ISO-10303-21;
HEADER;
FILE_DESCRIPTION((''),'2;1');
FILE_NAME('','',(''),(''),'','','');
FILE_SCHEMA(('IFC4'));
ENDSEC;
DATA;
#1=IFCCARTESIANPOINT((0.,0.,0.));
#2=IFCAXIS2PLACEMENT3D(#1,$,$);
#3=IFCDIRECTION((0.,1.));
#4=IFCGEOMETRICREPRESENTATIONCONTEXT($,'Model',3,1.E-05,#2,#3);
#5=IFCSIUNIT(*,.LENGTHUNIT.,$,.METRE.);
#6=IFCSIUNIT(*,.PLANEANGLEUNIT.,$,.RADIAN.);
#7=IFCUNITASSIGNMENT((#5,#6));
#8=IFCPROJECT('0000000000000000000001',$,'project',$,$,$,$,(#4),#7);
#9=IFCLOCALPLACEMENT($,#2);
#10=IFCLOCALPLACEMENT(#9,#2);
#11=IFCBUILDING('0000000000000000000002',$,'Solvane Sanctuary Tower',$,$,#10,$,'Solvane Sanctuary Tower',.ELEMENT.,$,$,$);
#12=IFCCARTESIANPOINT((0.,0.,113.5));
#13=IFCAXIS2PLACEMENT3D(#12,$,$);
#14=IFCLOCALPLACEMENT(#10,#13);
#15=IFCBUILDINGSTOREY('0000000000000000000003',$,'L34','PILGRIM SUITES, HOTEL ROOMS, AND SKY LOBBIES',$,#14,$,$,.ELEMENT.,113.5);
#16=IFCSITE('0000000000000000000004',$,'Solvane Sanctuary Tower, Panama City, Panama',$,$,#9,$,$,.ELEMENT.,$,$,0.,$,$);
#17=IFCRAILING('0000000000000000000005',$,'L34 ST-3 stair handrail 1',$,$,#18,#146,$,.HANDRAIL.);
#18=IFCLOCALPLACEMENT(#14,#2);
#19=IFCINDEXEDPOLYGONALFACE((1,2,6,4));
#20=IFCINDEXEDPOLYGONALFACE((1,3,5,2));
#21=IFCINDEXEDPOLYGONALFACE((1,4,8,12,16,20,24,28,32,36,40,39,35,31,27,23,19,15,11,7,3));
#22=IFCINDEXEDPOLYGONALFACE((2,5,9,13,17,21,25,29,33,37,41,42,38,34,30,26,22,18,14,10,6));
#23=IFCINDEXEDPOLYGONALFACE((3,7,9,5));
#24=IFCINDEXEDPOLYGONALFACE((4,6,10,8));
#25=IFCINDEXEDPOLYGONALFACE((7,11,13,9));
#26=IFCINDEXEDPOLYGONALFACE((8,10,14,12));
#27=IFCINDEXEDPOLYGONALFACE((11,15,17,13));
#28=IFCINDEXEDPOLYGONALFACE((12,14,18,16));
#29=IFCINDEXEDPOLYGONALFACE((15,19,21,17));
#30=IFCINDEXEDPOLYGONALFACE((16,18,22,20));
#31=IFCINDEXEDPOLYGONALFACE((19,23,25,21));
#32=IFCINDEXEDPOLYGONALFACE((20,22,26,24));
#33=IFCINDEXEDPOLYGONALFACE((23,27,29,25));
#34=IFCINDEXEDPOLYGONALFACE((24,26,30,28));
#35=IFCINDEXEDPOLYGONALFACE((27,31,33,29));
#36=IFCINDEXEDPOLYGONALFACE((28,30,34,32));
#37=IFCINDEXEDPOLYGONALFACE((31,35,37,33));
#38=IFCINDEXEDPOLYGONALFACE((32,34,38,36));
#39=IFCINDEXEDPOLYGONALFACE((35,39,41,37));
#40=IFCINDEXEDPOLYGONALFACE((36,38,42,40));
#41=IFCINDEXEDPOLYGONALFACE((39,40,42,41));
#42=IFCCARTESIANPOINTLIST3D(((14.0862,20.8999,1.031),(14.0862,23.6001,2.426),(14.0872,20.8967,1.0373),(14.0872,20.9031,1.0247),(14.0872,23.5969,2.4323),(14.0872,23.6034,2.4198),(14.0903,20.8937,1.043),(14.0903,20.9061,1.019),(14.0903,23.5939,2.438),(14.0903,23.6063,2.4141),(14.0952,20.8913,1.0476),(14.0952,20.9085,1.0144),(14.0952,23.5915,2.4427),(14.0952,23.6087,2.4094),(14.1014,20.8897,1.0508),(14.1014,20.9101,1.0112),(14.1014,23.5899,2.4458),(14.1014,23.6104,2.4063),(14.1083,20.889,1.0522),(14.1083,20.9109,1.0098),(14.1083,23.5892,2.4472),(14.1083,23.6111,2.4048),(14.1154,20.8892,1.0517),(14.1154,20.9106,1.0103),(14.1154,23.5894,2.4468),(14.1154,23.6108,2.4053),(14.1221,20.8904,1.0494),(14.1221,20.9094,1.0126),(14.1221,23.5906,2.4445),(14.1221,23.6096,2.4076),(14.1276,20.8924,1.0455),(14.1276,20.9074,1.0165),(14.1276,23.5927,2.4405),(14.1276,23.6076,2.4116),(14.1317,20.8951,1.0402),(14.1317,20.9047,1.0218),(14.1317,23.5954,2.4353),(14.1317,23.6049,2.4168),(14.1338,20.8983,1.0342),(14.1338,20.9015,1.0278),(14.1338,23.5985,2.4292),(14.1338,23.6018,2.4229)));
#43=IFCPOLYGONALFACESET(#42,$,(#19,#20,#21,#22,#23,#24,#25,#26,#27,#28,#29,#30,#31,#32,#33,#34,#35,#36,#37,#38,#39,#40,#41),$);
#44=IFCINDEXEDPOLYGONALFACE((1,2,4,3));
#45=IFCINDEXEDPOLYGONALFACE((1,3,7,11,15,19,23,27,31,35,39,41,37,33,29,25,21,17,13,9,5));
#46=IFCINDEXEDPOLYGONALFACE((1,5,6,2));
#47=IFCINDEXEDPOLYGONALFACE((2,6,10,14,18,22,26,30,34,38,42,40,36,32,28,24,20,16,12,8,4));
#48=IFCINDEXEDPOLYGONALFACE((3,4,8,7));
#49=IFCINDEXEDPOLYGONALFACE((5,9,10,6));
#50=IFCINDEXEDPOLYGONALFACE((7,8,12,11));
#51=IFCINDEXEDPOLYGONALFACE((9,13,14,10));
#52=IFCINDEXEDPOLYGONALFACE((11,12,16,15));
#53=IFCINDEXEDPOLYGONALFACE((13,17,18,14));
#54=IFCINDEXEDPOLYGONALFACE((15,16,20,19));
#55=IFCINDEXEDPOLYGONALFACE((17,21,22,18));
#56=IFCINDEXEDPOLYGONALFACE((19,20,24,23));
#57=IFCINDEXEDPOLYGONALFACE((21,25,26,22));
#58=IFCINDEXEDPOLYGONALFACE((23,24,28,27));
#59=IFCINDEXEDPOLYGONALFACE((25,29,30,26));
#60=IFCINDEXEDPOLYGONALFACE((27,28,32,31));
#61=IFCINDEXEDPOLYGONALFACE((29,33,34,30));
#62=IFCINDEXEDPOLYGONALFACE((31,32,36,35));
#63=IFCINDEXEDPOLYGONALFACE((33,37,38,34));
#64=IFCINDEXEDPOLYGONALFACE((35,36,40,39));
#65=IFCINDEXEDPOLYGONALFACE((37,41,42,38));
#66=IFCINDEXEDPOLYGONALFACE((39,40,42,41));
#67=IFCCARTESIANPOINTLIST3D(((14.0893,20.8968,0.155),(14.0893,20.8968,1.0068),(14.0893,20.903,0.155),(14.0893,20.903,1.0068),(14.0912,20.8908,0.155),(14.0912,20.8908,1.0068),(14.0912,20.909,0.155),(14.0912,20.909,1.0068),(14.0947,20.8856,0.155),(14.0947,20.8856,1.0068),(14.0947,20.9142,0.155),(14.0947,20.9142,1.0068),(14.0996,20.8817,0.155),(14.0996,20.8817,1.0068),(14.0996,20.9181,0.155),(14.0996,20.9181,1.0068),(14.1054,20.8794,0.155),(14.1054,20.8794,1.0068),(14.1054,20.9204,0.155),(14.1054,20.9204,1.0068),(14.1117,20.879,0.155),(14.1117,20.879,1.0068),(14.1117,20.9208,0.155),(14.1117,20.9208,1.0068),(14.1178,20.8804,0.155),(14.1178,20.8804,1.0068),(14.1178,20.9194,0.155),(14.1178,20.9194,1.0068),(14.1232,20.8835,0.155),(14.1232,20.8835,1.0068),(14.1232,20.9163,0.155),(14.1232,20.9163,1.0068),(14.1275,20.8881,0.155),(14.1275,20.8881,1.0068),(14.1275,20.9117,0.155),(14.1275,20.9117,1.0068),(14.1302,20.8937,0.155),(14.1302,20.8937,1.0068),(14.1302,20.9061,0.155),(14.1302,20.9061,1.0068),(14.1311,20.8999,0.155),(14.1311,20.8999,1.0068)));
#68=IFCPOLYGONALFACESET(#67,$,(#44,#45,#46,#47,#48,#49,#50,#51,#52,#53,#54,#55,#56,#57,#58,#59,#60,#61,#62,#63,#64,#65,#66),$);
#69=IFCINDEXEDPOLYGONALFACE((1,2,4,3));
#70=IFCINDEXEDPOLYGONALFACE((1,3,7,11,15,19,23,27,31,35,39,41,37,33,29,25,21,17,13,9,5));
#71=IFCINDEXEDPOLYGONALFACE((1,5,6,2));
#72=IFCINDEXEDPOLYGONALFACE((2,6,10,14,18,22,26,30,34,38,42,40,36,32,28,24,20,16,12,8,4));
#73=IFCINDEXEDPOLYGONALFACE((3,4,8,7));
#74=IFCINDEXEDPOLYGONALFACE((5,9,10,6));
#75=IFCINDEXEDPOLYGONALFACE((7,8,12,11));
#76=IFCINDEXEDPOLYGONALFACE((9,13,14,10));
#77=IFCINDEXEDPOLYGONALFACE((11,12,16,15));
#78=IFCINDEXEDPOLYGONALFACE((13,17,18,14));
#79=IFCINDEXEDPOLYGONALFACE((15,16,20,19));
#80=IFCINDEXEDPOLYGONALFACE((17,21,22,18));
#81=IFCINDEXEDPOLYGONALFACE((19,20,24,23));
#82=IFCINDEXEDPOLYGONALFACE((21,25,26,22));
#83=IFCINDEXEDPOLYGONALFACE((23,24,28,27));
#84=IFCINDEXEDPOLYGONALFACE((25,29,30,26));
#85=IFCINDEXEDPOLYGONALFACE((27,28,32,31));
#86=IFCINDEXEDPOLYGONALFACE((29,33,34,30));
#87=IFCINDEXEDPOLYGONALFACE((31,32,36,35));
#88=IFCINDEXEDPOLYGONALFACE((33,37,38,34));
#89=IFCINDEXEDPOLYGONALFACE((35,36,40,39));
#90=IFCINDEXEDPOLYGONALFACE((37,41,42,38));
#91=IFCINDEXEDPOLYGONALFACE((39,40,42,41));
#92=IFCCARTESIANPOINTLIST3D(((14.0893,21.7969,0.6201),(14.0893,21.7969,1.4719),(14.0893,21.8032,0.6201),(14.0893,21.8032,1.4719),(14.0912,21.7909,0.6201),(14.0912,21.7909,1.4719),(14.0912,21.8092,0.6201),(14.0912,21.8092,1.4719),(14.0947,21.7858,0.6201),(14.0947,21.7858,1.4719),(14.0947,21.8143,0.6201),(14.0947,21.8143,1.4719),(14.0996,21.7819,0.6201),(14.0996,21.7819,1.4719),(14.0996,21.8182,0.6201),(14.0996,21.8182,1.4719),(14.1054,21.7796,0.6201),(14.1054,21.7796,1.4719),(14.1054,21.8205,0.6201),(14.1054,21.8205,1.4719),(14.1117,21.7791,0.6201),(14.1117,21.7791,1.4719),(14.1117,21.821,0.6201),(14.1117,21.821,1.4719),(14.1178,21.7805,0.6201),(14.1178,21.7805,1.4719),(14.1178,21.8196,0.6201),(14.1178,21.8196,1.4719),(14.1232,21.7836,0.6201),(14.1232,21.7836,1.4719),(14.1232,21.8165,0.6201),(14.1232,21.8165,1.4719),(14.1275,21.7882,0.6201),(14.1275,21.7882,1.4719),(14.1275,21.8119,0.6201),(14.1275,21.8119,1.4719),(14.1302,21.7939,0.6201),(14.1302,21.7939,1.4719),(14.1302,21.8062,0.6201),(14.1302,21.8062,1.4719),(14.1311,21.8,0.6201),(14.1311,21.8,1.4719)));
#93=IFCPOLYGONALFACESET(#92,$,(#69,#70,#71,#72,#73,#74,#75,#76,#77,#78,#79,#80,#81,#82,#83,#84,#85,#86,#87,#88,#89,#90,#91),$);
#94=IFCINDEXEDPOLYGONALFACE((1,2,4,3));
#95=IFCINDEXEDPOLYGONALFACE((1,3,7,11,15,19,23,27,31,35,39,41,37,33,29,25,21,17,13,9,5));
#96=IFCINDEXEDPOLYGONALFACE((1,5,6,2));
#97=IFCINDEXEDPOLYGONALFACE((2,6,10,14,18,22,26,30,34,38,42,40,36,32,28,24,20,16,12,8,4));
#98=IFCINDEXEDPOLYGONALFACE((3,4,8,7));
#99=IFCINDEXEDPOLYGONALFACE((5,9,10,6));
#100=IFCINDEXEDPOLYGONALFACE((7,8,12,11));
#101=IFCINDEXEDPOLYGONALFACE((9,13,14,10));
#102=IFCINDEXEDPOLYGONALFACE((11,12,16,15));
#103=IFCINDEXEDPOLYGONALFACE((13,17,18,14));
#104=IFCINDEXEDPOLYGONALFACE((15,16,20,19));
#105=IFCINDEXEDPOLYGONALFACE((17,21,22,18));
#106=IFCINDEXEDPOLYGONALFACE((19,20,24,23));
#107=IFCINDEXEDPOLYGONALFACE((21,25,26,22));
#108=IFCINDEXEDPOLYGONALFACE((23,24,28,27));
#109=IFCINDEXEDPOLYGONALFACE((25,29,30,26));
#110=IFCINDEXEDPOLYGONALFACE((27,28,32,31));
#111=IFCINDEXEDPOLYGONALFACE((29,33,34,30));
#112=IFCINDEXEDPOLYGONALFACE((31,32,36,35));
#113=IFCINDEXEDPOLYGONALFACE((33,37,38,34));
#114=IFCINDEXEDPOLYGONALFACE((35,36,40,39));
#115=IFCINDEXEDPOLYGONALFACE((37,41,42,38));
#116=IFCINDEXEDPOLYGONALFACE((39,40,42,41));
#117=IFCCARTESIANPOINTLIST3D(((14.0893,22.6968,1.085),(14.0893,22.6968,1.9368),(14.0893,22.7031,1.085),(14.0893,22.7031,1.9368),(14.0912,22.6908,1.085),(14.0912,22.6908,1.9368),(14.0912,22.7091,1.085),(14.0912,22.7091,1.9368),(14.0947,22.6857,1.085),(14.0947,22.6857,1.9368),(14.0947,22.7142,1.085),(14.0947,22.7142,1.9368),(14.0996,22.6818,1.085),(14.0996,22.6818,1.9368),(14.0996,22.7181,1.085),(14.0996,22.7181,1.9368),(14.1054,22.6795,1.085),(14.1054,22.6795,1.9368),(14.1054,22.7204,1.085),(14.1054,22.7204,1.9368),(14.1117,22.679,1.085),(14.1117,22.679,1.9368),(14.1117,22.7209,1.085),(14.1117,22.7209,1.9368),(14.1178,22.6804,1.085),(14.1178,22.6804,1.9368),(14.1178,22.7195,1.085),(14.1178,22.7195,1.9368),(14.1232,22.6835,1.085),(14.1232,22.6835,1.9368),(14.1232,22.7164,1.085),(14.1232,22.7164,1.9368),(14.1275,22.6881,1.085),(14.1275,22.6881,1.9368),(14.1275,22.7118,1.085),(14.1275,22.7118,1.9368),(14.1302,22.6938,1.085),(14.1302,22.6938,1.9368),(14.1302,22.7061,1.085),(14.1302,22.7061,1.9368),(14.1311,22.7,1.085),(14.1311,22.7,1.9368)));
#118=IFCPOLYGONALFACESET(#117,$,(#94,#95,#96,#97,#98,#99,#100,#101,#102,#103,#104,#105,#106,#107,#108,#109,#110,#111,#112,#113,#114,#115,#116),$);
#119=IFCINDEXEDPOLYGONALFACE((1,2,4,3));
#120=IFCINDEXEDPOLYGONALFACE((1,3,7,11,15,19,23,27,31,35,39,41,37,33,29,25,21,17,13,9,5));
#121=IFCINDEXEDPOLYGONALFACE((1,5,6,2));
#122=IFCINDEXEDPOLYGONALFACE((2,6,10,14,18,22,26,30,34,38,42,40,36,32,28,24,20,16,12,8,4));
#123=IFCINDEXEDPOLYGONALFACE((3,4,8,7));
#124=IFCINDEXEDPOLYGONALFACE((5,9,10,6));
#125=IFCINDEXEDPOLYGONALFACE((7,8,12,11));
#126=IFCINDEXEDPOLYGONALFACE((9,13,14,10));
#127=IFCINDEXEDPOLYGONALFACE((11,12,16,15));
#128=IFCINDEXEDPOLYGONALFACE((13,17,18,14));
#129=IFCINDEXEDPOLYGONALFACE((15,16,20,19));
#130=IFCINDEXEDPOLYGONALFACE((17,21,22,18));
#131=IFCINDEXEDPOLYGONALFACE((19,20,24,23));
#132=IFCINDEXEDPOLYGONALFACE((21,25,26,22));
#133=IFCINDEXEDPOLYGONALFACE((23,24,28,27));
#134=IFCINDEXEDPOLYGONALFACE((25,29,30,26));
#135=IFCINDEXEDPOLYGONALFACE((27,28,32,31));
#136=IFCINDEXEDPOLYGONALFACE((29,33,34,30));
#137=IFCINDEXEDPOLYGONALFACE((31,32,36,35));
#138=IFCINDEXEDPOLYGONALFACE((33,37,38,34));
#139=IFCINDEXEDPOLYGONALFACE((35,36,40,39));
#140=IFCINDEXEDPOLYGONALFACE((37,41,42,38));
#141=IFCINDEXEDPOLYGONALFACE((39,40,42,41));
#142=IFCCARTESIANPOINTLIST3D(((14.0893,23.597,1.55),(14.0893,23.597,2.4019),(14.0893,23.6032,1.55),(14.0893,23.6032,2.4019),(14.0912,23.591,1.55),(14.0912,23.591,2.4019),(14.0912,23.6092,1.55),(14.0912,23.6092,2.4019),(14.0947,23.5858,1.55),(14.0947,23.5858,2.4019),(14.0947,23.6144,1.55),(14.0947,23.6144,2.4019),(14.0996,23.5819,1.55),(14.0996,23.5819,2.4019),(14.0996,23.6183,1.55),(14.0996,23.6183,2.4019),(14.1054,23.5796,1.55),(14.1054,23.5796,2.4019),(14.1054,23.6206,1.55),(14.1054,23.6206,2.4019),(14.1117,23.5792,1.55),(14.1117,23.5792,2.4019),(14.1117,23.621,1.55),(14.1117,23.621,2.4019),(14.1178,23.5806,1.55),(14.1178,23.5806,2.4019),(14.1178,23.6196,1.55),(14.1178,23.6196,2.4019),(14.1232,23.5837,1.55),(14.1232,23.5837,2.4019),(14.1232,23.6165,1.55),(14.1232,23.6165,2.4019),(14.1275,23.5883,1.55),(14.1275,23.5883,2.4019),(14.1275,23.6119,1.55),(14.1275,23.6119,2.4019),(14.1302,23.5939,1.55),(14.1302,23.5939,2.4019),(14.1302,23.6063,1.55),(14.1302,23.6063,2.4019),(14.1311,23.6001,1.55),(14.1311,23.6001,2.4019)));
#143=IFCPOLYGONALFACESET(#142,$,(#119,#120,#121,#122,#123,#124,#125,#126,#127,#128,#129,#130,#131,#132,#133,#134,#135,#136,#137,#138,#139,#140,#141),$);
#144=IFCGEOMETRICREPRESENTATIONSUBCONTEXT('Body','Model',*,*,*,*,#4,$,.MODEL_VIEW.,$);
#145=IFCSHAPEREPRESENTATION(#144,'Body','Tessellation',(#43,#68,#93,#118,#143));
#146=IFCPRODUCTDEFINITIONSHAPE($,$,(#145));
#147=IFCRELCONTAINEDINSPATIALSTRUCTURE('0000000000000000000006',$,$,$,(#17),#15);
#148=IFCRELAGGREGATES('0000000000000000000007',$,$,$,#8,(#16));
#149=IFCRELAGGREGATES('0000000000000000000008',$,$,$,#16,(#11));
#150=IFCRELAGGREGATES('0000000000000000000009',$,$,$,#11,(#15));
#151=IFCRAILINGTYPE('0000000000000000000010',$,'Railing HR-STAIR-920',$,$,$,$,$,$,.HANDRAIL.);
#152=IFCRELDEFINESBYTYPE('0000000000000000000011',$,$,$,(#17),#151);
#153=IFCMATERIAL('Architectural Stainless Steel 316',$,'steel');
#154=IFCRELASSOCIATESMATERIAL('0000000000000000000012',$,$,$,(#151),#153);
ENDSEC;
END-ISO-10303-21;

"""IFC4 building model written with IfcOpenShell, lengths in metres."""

from ifc_helpers import new_model, si_unit, direction, frame, origin, origin_2d, place, context, subcontext, project, spatial, circle, extrude, material, type_object, element, save


model = new_model("IFC4")

# Units and contexts
model_context = context("Model", 3, precision=1e-05, world=origin(), true_north=direction((0.0, 1.0)))
body_context = subcontext(model_context, "Body", "Model", "MODEL_VIEW")
ifc_project = project(units=[si_unit("LENGTHUNIT", "METRE"), si_unit("PLANEANGLEUNIT", "RADIAN")], contexts=[model_context])

# Site, building, storey
site_placement = place(None, origin())
site = spatial("IfcSite", under=ifc_project, at=site_placement, Name="Solvane Sanctuary Tower, Panama City, Panama", CompositionType="ELEMENT", RefElevation=0.0)
building_placement = place(site_placement, origin())
building = spatial("IfcBuilding", under=site, at=building_placement, Name="Solvane Sanctuary Tower", LongName="Solvane Sanctuary Tower", CompositionType="ELEMENT")
storey_placement = place(building_placement, frame((0.0, 0.0, 113.5)))
storey = spatial("IfcBuildingStorey", under=building, at=storey_placement, Name="L34", Description="PILGRIM SUITES, HOTEL ROOMS, AND SKY LOBBIES", CompositionType="ELEMENT", Elevation=113.5)

# Shared definitions
ifc_material_1 = material(Name="Architectural Stainless Steel 316", Category="steel")

# Railing
railing_type_1 = type_object("IfcRailingType", Name="Railing HR-STAIR-920", PredefinedType="HANDRAIL", material=ifc_material_1)
railing_1_placement = place(storey_placement, frame((14.1101, 20.8999, 0.155)))
element("IfcRailing", 1, at=railing_1_placement, inside=storey, type_object=railing_type_1, Name="L34 ST-3 stair handrail 1", PredefinedType="HANDRAIL", context=body_context, shape_type="SweptSolid", body=[
    extrude(circle(Radius=0.0239, at=origin_2d()), frame((0.0, 0.0, 0.876), z_axis=(0.0, 0.888437, 0.458999), x_axis=(-1.0, 0.0, 0.0)), (0.0, 0.0, 1.0), 3.0393),
    extrude(circle(Radius=0.021, at=origin_2d()), origin(), (0.0, 0.0, 1.0), 0.8518),
    extrude(circle(Radius=0.021, at=origin_2d()), frame((0.0, 0.9001, 0.4651)), (0.0, 0.0, 1.0), 0.8518),
    extrude(circle(Radius=0.021, at=origin_2d()), frame((0.0, 1.8, 0.9299)), (0.0, 0.0, 1.0), 0.8518),
    extrude(circle(Radius=0.021, at=origin_2d()), frame((0.0, 2.7002, 1.395)), (0.0, 0.0, 1.0), 0.8518),
])

save(model, "model.ifc")
